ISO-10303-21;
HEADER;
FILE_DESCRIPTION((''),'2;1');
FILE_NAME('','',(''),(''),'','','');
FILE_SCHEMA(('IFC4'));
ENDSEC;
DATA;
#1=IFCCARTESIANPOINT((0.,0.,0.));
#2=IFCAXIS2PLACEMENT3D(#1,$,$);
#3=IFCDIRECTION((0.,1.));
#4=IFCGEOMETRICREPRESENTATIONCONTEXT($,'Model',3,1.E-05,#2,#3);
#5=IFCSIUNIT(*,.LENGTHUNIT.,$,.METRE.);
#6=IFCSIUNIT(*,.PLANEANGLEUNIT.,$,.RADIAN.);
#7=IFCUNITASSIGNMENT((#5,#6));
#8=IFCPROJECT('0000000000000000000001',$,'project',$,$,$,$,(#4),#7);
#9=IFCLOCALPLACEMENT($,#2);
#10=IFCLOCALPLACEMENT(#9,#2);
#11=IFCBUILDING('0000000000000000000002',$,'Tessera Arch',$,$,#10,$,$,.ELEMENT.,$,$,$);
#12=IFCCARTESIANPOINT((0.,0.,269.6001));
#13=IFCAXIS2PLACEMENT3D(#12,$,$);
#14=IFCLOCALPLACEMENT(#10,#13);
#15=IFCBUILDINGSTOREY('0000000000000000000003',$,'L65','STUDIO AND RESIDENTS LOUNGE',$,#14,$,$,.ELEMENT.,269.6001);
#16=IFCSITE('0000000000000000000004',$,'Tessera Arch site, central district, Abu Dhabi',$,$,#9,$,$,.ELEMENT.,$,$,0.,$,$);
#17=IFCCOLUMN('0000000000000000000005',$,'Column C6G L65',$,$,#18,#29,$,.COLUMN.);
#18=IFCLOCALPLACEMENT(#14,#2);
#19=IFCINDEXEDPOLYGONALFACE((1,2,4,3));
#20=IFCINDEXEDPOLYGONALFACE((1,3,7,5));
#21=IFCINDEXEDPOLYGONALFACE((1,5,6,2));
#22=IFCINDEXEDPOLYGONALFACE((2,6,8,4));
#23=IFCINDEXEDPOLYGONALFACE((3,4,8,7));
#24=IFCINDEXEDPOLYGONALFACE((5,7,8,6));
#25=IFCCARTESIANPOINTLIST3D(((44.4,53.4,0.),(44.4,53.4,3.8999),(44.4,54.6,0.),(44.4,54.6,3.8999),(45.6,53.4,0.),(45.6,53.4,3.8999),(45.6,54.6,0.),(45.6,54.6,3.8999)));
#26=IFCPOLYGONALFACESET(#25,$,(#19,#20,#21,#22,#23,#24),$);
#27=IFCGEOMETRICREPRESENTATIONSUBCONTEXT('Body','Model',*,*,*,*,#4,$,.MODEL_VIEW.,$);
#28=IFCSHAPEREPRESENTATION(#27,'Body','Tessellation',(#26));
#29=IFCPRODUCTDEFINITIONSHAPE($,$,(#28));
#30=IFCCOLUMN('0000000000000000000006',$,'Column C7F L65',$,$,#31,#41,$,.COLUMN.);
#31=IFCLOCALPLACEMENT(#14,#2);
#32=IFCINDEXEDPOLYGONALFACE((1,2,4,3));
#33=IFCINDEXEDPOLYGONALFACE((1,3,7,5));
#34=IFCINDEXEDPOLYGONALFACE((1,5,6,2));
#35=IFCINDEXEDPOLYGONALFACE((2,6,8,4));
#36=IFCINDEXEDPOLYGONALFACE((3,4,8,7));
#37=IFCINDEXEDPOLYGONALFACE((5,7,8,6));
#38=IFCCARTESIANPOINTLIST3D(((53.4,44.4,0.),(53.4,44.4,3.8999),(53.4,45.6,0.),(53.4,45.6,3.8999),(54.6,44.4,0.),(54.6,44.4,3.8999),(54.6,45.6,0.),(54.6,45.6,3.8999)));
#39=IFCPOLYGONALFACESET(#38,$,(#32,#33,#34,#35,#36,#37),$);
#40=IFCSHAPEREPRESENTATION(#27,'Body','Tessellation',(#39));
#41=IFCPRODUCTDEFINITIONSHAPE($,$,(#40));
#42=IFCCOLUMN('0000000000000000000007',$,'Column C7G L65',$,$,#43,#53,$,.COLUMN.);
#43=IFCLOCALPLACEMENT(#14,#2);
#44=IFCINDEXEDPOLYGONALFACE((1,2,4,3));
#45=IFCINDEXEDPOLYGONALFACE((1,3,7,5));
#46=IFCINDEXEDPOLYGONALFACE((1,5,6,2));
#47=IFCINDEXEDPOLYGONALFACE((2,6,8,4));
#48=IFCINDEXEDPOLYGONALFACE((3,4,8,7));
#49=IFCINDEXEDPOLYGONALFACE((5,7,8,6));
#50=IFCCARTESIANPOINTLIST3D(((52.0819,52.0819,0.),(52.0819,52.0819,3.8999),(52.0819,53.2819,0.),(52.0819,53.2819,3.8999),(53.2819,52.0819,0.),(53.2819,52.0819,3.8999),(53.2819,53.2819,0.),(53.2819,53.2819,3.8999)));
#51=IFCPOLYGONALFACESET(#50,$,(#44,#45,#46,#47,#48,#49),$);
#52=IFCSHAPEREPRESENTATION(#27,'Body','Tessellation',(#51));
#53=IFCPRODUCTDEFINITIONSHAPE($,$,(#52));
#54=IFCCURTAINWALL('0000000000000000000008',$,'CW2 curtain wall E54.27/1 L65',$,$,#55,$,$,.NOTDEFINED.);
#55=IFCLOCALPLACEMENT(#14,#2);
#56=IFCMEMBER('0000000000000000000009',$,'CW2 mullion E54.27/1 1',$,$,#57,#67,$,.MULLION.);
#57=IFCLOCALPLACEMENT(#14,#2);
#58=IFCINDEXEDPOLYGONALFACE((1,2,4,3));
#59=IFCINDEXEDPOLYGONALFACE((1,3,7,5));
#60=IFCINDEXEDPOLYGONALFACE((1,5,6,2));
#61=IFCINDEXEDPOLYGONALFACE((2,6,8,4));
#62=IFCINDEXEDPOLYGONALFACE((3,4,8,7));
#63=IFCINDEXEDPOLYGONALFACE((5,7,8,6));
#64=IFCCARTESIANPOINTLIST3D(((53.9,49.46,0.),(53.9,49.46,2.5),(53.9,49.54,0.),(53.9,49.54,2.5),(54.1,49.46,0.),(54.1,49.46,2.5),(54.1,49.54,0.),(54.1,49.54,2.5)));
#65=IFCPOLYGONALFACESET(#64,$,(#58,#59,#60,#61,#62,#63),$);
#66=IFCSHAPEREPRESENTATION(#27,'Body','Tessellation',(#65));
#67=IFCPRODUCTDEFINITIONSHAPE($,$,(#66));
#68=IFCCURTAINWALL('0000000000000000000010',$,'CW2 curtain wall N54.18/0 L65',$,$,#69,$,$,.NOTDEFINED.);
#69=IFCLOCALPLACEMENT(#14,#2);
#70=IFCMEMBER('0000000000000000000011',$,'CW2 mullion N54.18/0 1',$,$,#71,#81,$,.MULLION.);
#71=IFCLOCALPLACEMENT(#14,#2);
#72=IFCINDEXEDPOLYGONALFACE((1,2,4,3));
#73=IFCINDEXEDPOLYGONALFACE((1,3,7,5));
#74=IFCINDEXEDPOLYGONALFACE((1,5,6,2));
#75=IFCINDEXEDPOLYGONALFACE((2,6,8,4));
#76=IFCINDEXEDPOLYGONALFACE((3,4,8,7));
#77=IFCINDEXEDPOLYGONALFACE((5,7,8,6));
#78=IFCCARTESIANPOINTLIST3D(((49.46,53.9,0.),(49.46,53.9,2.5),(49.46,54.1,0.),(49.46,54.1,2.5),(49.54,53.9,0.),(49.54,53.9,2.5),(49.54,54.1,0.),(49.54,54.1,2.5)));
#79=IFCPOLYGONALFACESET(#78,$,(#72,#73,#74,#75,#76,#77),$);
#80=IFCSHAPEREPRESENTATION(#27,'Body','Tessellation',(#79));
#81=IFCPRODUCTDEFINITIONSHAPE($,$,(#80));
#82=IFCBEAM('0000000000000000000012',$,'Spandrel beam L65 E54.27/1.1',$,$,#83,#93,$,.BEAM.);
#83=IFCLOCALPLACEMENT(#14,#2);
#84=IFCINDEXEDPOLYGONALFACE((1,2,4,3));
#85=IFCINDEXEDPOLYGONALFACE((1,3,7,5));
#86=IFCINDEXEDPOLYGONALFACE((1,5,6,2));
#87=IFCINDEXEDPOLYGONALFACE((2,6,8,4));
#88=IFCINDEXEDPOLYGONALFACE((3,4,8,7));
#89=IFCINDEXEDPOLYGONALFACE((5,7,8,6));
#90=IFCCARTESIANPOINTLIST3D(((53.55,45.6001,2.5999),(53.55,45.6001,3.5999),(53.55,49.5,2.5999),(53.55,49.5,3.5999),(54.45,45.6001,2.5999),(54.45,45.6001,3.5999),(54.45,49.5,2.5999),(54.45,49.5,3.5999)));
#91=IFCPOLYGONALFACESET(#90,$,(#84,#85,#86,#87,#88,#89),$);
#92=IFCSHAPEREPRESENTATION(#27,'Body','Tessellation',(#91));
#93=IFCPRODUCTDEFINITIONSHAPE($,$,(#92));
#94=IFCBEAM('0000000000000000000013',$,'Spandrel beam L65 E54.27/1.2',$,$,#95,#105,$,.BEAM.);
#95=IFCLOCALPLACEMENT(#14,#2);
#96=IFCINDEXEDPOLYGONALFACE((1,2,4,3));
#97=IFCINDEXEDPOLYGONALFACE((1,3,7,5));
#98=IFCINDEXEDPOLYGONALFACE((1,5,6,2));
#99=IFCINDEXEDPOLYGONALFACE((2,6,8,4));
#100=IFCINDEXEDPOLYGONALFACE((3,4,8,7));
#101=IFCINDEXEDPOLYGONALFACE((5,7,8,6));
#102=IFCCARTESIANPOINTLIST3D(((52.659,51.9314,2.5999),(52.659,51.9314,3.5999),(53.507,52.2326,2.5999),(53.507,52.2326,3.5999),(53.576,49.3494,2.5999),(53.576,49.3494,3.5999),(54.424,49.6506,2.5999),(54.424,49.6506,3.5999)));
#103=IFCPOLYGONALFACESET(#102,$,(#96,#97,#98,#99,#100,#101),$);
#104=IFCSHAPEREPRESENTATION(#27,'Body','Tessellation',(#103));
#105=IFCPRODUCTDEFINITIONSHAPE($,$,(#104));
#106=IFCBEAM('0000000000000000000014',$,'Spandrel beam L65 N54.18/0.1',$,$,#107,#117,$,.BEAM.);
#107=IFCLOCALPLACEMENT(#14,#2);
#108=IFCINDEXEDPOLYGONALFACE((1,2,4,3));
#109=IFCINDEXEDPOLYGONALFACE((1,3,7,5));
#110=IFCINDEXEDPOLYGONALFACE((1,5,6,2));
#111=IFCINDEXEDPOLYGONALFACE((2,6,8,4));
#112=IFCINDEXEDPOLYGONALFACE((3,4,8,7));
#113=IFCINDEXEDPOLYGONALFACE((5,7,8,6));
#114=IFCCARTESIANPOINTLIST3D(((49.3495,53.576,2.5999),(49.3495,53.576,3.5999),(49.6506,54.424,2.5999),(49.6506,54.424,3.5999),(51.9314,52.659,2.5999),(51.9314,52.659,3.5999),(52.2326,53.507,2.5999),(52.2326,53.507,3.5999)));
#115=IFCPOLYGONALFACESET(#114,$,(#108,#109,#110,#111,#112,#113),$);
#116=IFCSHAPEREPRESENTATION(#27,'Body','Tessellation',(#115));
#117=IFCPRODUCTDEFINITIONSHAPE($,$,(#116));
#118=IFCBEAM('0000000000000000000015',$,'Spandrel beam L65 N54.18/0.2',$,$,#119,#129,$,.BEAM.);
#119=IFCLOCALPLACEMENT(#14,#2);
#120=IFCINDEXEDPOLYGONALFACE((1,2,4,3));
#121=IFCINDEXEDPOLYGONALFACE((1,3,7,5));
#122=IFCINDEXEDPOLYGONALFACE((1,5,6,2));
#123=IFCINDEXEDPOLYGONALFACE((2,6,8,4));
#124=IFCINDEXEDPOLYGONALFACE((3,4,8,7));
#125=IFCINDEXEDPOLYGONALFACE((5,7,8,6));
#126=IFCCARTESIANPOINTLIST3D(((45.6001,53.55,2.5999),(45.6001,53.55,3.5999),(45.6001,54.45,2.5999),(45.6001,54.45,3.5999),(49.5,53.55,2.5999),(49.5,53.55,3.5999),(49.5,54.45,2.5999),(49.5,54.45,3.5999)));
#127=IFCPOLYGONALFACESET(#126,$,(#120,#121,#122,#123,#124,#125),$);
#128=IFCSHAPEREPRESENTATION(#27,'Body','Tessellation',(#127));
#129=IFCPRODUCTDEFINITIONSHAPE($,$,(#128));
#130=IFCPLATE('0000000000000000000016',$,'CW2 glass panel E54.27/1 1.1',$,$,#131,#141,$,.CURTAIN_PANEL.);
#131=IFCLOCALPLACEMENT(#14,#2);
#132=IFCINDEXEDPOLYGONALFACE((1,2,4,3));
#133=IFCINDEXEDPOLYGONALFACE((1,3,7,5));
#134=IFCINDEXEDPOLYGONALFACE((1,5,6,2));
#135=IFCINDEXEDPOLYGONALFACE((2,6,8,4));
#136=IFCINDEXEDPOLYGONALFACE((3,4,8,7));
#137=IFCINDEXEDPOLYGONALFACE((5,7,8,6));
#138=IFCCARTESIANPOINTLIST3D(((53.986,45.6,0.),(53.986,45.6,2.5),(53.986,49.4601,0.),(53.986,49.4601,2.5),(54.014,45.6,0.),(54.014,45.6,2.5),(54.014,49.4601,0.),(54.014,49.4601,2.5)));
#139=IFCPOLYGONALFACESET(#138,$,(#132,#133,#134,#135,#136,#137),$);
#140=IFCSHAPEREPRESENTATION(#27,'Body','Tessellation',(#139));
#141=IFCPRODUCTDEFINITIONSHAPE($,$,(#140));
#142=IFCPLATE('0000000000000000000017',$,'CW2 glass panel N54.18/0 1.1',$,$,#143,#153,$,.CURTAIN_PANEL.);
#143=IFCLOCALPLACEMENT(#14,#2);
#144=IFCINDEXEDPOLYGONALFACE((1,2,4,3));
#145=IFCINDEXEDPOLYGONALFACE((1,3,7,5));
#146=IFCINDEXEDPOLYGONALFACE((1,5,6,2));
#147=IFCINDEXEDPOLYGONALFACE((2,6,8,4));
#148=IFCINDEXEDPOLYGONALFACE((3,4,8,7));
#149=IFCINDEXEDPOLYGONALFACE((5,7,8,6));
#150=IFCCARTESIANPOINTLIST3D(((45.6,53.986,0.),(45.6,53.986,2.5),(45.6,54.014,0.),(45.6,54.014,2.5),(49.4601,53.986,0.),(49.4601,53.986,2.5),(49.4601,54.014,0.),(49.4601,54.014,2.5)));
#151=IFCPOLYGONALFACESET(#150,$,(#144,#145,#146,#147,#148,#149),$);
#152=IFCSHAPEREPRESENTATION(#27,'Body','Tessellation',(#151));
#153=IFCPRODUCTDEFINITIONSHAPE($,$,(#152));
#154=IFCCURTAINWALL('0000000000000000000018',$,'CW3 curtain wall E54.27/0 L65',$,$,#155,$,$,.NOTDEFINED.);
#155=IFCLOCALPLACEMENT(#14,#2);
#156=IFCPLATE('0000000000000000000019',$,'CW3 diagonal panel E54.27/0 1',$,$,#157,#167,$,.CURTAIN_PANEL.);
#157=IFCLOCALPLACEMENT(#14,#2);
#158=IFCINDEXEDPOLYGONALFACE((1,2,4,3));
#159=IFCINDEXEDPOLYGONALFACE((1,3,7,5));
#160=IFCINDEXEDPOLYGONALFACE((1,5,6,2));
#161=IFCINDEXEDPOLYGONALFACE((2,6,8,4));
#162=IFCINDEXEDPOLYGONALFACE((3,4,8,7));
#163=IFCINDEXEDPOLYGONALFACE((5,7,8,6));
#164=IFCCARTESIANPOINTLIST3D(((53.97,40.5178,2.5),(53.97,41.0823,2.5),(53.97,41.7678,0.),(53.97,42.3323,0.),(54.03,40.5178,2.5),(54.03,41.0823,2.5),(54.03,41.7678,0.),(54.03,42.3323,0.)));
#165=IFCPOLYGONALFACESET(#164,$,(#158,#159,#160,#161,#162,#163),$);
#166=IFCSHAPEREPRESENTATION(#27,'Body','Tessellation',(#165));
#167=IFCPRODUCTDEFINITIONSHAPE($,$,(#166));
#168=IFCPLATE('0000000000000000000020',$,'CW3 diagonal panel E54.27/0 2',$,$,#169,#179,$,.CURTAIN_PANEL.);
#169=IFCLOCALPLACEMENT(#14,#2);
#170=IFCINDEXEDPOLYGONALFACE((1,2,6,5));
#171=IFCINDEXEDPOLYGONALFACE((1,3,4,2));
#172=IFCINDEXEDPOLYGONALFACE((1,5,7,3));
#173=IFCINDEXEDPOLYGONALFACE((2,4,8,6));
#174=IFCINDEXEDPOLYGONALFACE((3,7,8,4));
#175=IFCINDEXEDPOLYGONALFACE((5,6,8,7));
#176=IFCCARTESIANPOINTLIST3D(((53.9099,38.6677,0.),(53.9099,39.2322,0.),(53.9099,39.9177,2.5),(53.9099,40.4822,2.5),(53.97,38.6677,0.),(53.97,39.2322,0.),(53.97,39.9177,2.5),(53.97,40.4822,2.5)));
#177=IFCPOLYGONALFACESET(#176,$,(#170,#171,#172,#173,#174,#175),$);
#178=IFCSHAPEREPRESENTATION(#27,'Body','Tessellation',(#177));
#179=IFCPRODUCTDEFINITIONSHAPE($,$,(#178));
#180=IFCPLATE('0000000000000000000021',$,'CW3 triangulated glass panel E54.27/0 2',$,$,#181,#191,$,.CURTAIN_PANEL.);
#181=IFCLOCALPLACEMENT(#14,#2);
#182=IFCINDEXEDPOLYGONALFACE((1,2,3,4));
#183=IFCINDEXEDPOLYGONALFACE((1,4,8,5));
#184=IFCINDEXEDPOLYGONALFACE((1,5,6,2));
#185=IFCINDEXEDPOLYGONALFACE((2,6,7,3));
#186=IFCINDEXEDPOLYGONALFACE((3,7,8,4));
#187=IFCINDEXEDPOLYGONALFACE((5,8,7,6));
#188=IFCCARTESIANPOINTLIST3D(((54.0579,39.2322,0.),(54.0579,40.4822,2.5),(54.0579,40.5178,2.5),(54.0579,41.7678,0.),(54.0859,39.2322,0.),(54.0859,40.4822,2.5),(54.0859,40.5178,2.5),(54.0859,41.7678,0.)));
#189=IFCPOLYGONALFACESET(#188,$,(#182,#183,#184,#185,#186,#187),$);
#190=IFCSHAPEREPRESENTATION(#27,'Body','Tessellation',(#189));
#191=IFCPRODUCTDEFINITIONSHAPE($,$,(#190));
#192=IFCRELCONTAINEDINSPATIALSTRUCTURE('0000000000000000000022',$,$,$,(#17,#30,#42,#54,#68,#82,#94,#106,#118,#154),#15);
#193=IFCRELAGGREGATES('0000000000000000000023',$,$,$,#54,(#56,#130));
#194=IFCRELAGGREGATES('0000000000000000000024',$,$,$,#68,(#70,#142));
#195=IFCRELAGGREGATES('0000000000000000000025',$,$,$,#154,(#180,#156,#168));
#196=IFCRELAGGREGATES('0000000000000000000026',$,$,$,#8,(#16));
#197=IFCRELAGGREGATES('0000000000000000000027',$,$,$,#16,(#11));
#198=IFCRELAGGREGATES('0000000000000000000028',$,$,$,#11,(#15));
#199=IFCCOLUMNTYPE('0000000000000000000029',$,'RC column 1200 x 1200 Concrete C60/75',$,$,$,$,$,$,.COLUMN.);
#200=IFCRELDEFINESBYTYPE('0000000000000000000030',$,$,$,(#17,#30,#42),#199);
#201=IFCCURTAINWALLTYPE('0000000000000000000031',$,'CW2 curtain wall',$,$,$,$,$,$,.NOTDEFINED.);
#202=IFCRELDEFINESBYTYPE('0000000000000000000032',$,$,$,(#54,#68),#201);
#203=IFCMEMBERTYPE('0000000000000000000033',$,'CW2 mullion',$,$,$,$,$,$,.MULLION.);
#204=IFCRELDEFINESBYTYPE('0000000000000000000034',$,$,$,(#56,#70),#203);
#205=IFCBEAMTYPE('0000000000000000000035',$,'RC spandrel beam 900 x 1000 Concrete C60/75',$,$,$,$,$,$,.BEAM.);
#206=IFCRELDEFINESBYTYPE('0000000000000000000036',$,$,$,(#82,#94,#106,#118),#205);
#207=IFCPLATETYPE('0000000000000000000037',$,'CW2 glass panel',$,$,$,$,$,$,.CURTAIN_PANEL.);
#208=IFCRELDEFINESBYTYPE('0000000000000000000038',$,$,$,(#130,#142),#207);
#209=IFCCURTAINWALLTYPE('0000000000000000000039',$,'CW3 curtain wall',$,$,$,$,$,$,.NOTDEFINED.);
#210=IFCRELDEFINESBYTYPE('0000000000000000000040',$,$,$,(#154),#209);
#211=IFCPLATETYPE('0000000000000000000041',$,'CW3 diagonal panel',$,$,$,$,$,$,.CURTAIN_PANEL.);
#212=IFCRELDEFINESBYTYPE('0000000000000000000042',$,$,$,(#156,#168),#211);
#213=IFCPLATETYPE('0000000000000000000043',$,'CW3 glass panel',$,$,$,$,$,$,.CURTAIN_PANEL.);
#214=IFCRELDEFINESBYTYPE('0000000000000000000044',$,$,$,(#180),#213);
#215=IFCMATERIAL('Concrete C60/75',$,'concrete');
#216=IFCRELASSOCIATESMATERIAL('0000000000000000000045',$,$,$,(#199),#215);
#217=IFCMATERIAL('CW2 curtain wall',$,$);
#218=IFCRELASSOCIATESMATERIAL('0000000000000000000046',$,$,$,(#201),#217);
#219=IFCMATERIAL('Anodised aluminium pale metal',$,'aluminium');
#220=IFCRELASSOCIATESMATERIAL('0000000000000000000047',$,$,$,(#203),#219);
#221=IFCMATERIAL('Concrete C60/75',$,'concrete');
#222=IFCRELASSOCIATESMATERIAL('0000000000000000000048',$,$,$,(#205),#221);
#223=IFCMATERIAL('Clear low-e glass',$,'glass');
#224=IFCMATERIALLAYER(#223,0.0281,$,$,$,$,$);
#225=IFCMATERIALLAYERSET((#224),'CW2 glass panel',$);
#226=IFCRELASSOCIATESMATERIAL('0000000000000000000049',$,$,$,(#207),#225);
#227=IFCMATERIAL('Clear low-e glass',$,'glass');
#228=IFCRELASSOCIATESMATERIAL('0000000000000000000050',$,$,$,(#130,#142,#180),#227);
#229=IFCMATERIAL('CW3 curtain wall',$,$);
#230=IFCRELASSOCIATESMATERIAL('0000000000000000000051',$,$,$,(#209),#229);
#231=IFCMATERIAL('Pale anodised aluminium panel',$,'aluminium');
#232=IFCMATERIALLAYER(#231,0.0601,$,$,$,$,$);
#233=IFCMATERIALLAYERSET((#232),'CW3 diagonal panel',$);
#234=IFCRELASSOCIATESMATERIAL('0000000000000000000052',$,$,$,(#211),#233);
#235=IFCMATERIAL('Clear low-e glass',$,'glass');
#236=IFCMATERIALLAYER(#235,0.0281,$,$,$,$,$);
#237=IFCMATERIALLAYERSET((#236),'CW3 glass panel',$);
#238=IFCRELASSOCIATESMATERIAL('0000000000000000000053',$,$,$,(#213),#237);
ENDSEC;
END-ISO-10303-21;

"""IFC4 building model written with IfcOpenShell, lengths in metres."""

from ifc_helpers import new_model, si_unit, direction, frame, origin, origin_2d, place, context, subcontext, project, spatial, polyline, rectangle, outline, extrude, material, layer, layer_set, material_profile, profile_set, type_object, element, aggregate, save


model = new_model("IFC4")

# Units and contexts
model_context = context("Model", 3, precision=1e-05, world=origin(), true_north=direction((0.0, 1.0)))
body_context = subcontext(model_context, "Body", "Model", "MODEL_VIEW")
ifc_project = project(units=[si_unit("LENGTHUNIT", "METRE"), si_unit("PLANEANGLEUNIT", "RADIAN")], contexts=[model_context])

# Site, building, storey
site_placement = place(None, origin())
site = spatial("IfcSite", under=ifc_project, at=site_placement, Name="Tessera Arch site, central district, Abu Dhabi", CompositionType="ELEMENT", RefElevation=0.0)
building_placement = place(site_placement, origin())
building = spatial("IfcBuilding", under=site, at=building_placement, Name="Tessera Arch", CompositionType="ELEMENT")
storey_placement = place(building_placement, frame((0.0, 0.0, 269.6001)))
storey = spatial("IfcBuildingStorey", under=building, at=storey_placement, Name="L65", Description="STUDIO AND RESIDENTS LOUNGE", CompositionType="ELEMENT", Elevation=269.6001)

# Columns
ifc_material_1 = material(Name="Concrete C60/75", Category="concrete")
ifc_material_profile_1 = material_profile(ifc_material_1, rectangle(XDim=1.2, YDim=1.2, at=origin_2d()), Name="RC column 1200 x 1200 Concrete C60/75")
ifc_profile_set_1 = profile_set([ifc_material_profile_1], Name="Concrete C60/75")
column_type = type_object("IfcColumnType", Name="RC column 1200 x 1200 Concrete C60/75", PredefinedType="COLUMN", material=ifc_profile_set_1)
for number, where, z_axis, x_axis, name in (
    (1, (45.0, 54.0, 0.0), (0.0, 0.0, 1.0), (1.0, 0.0, 0.0), "Column C6G L65"),
    (2, (54.0, 45.0, 0.0), (0.0, 0.0, 1.0), (1.0, 0.0, 0.0), "Column C7F L65"),
    (3, (52.6819, 52.6819, 0.0), (0.0, 0.0, 1.0), (1.0, 0.0, 0.0), "Column C7G L65"),
):
    element("IfcColumn", number, at=place(storey_placement, frame(where, z_axis=z_axis, x_axis=x_axis)), inside=storey, type_object=column_type, Name=name, PredefinedType="COLUMN", context=body_context, shape_type="SweptSolid", body=[
        extrude(rectangle(XDim=1.2, YDim=1.2, at=origin_2d()), origin(), (0.0, 0.0, 1.0), 3.8999),
    ])

# Curtain walls, members
ifc_material_2 = material(Name="CW2 curtain wall")
curtain_wall_type_1 = type_object("IfcCurtainWallType", Name="CW2 curtain wall", PredefinedType="NOTDEFINED", material=ifc_material_2)
curtain_wall_1_placement = place(storey_placement, origin())
curtain_wall_1 = element("IfcCurtainWall", 4, at=curtain_wall_1_placement, inside=storey, type_object=curtain_wall_type_1, Name="CW2 curtain wall E54.27/1 L65", PredefinedType="NOTDEFINED")
ifc_material_3 = material(Name="Anodised aluminium pale metal", Category="aluminium")
ifc_material_profile_2 = material_profile(ifc_material_3, rectangle(XDim=0.2, YDim=0.0801, at=origin_2d()), Name="AL 80x200")
ifc_profile_set_2 = profile_set([ifc_material_profile_2], Name="Anodised aluminium pale metal")
member_type = type_object("IfcMemberType", Name="CW2 mullion", PredefinedType="MULLION", material=ifc_profile_set_2)
member_1_placement = place(storey_placement, frame((54.0, 49.5, 0.0), z_axis=(0.0, 0.0, 1.0), x_axis=(-1.0, 0.0, 0.0)))
member_1 = element("IfcMember", 5, at=member_1_placement, type_object=member_type, Name="CW2 mullion E54.27/1 1", PredefinedType="MULLION", context=body_context, shape_type="SweptSolid", body=[
    extrude(rectangle(XDim=0.2, YDim=0.0801, at=origin_2d()), origin(), (0.0, 0.0, 1.0), 2.5),
])
curtain_wall_2_placement = place(storey_placement, origin())
curtain_wall_2 = element("IfcCurtainWall", 6, at=curtain_wall_2_placement, inside=storey, type_object=curtain_wall_type_1, Name="CW2 curtain wall N54.18/0 L65", PredefinedType="NOTDEFINED")
member_2_placement = place(storey_placement, frame((49.5, 54.0, 0.0), z_axis=(0.0, 0.0, 1.0), x_axis=(0.0, -1.0, 0.0)))
member_2 = element("IfcMember", 7, at=member_2_placement, type_object=member_type, Name="CW2 mullion N54.18/0 1", PredefinedType="MULLION", context=body_context, shape_type="SweptSolid", body=[
    extrude(rectangle(XDim=0.2, YDim=0.0801, at=origin_2d()), origin(), (0.0, 0.0, 1.0), 2.5),
])

# Beams
ifc_material_4 = material(Name="Concrete C60/75", Category="concrete")
ifc_material_profile_3 = material_profile(ifc_material_4, rectangle(XDim=0.8999, YDim=1.0, at=origin_2d()), Name="RC spandrel beam 900 x 1000 Concrete C60/75")
ifc_profile_set_3 = profile_set([ifc_material_profile_3], Name="Concrete C60/75")
beam_type = type_object("IfcBeamType", Name="RC spandrel beam 900 x 1000 Concrete C60/75", PredefinedType="BEAM", material=ifc_profile_set_3)
beam_1_placement = place(storey_placement, frame((54.0, 45.6001, 3.0999), z_axis=(0.0, 1.0, 0.0), x_axis=(-1.0, 0.0, 0.0)))
element("IfcBeam", 8, at=beam_1_placement, inside=storey, type_object=beam_type, Name="Spandrel beam L65 E54.27/1.1", PredefinedType="BEAM", context=body_context, shape_type="SweptSolid", body=[
    extrude(rectangle(XDim=0.8999, YDim=1.0, at=origin_2d()), origin(), (0.0, 0.0, 1.0), 3.8999),
])
for number, where, z_axis, x_axis, name in (
    (9, (54.0, 49.5, 3.0999), (-0.334665, 0.942337, 0.0), (-0.942337, -0.334665, 0.0), "Spandrel beam L65 E54.27/1.2"),
    (10, (52.082, 53.083, 3.0999), (-0.942337, 0.334665, 0.0), (-0.334665, -0.942337, 0.0), "Spandrel beam L65 N54.18/0.1"),
):
    element("IfcBeam", number, at=place(storey_placement, frame(where, z_axis=z_axis, x_axis=x_axis)), inside=storey, type_object=beam_type, Name=name, PredefinedType="BEAM", context=body_context, shape_type="SweptSolid", body=[
        extrude(rectangle(XDim=0.8999, YDim=1.0, at=origin_2d()), origin(), (0.0, 0.0, 1.0), 2.74),
    ])
beam_2_placement = place(storey_placement, frame((49.5, 54.0, 3.0999), z_axis=(-1.0, 0.0, 0.0), x_axis=(0.0, -1.0, 0.0)))
element("IfcBeam", 11, at=beam_2_placement, inside=storey, type_object=beam_type, Name="Spandrel beam L65 N54.18/0.2", PredefinedType="BEAM", context=body_context, shape_type="SweptSolid", body=[
    extrude(rectangle(XDim=0.8999, YDim=1.0, at=origin_2d()), origin(), (0.0, 0.0, 1.0), 3.8999),
])

# Plates
ifc_material_5 = material(Name="Clear low-e glass", Category="glass")
ifc_material_6 = material(Name="Clear low-e glass", Category="glass")
ifc_layer_1 = layer(ifc_material_6, 0.0281)
ifc_layer_set_1 = layer_set([ifc_layer_1], Name="CW2 glass panel")
plate_type_1 = type_object("IfcPlateType", Name="CW2 glass panel", PredefinedType="CURTAIN_PANEL", material=ifc_layer_set_1)
plate_1_placement = place(storey_placement, frame((54.0, 47.53, 0.0), z_axis=(0.0, 0.0, 1.0), x_axis=(0.0, 1.0, 0.0)))
plate_1 = element("IfcPlate", 12, at=plate_1_placement, type_object=plate_type_1, material=ifc_material_5, Name="CW2 glass panel E54.27/1 1.1", PredefinedType="CURTAIN_PANEL", context=body_context, shape_type="SweptSolid", body=[
    extrude(rectangle(XDim=3.8601, YDim=0.0281, at=origin_2d()), origin(), (0.0, 0.0, 1.0), 2.5),
])
aggregate(curtain_wall_1, [member_1, plate_1])
plate_2_placement = place(storey_placement, frame((47.53, 54.0, 0.0), z_axis=(0.0, 0.0, 1.0), x_axis=(-1.0, 0.0, 0.0)))
plate_2 = element("IfcPlate", 13, at=plate_2_placement, type_object=plate_type_1, material=ifc_material_5, Name="CW2 glass panel N54.18/0 1.1", PredefinedType="CURTAIN_PANEL", context=body_context, shape_type="SweptSolid", body=[
    extrude(rectangle(XDim=3.8601, YDim=0.0281, at=origin_2d()), origin(), (0.0, 0.0, 1.0), 2.5),
])
aggregate(curtain_wall_2, [member_2, plate_2])

# Curtain wall, plates
ifc_material_7 = material(Name="CW3 curtain wall")
curtain_wall_type_2 = type_object("IfcCurtainWallType", Name="CW3 curtain wall", PredefinedType="NOTDEFINED", material=ifc_material_7)
curtain_wall_3_placement = place(storey_placement, origin())
curtain_wall_3 = element("IfcCurtainWall", 14, at=curtain_wall_3_placement, inside=storey, type_object=curtain_wall_type_2, Name="CW3 curtain wall E54.27/0 L65", PredefinedType="NOTDEFINED")
ifc_material_8 = material(Name="Pale anodised aluminium panel", Category="aluminium")
ifc_layer_2 = layer(ifc_material_8, 0.0601)
ifc_layer_set_2 = layer_set([ifc_layer_2], Name="CW3 diagonal panel")
plate_type_2 = type_object("IfcPlateType", Name="CW3 diagonal panel", PredefinedType="CURTAIN_PANEL", material=ifc_layer_set_2)
plate_3_placement = place(storey_placement, frame((54.03, 41.0823, 2.5), z_axis=(1.0, 0.0, 0.0), x_axis=(0.0, -1.0, 0.0)))
plate_3 = element("IfcPlate", 15, at=plate_3_placement, type_object=plate_type_2, Name="CW3 diagonal panel E54.27/0 1", PredefinedType="CURTAIN_PANEL", context=body_context, shape_type="SweptSolid", body=[
    extrude(outline(polyline([(0.0, 0.0), (0.5645, 0.0), (-0.6855, 2.5), (-1.25, 2.5), (0.0, 0.0)])), origin(), (0.0, 0.0, -1.0), 0.0601),
])
plate_4_placement = place(storey_placement, frame((53.97, 40.4822, 2.5), z_axis=(1.0, 0.0, 0.0), x_axis=(0.0, -1.0, 0.0)))
plate_4 = element("IfcPlate", 16, at=plate_4_placement, type_object=plate_type_2, Name="CW3 diagonal panel E54.27/0 2", PredefinedType="CURTAIN_PANEL", context=body_context, shape_type="SweptSolid", body=[
    extrude(outline(polyline([(0.0, 0.0), (0.5645, 0.0), (1.8145, 2.5), (1.25, 2.5), (0.0, 0.0)])), origin(), (0.0, 0.0, -1.0), 0.0601),
])
ifc_material_9 = material(Name="Clear low-e glass", Category="glass")
ifc_layer_3 = layer(ifc_material_9, 0.0281)
ifc_layer_set_3 = layer_set([ifc_layer_3], Name="CW3 glass panel")
plate_type_3 = type_object("IfcPlateType", Name="CW3 glass panel", PredefinedType="CURTAIN_PANEL", material=ifc_layer_set_3)
plate_5_placement = place(storey_placement, frame((54.0859, 40.5178, 2.5), z_axis=(1.0, 0.0, 0.0), x_axis=(0.0, -1.0, 0.0)))
plate_5 = element("IfcPlate", 17, at=plate_5_placement, type_object=plate_type_3, material=ifc_material_5, Name="CW3 triangulated glass panel E54.27/0 2", PredefinedType="CURTAIN_PANEL", context=body_context, shape_type="SweptSolid", body=[
    extrude(outline(polyline([(0.0, 0.0), (0.0356, 0.0), (1.2856, 2.5), (-1.25, 2.5), (0.0, 0.0)])), origin(), (0.0, 0.0, -1.0), 0.0281),
])
aggregate(curtain_wall_3, [plate_5, plate_3, plate_4])

save(model, "model.ifc")
